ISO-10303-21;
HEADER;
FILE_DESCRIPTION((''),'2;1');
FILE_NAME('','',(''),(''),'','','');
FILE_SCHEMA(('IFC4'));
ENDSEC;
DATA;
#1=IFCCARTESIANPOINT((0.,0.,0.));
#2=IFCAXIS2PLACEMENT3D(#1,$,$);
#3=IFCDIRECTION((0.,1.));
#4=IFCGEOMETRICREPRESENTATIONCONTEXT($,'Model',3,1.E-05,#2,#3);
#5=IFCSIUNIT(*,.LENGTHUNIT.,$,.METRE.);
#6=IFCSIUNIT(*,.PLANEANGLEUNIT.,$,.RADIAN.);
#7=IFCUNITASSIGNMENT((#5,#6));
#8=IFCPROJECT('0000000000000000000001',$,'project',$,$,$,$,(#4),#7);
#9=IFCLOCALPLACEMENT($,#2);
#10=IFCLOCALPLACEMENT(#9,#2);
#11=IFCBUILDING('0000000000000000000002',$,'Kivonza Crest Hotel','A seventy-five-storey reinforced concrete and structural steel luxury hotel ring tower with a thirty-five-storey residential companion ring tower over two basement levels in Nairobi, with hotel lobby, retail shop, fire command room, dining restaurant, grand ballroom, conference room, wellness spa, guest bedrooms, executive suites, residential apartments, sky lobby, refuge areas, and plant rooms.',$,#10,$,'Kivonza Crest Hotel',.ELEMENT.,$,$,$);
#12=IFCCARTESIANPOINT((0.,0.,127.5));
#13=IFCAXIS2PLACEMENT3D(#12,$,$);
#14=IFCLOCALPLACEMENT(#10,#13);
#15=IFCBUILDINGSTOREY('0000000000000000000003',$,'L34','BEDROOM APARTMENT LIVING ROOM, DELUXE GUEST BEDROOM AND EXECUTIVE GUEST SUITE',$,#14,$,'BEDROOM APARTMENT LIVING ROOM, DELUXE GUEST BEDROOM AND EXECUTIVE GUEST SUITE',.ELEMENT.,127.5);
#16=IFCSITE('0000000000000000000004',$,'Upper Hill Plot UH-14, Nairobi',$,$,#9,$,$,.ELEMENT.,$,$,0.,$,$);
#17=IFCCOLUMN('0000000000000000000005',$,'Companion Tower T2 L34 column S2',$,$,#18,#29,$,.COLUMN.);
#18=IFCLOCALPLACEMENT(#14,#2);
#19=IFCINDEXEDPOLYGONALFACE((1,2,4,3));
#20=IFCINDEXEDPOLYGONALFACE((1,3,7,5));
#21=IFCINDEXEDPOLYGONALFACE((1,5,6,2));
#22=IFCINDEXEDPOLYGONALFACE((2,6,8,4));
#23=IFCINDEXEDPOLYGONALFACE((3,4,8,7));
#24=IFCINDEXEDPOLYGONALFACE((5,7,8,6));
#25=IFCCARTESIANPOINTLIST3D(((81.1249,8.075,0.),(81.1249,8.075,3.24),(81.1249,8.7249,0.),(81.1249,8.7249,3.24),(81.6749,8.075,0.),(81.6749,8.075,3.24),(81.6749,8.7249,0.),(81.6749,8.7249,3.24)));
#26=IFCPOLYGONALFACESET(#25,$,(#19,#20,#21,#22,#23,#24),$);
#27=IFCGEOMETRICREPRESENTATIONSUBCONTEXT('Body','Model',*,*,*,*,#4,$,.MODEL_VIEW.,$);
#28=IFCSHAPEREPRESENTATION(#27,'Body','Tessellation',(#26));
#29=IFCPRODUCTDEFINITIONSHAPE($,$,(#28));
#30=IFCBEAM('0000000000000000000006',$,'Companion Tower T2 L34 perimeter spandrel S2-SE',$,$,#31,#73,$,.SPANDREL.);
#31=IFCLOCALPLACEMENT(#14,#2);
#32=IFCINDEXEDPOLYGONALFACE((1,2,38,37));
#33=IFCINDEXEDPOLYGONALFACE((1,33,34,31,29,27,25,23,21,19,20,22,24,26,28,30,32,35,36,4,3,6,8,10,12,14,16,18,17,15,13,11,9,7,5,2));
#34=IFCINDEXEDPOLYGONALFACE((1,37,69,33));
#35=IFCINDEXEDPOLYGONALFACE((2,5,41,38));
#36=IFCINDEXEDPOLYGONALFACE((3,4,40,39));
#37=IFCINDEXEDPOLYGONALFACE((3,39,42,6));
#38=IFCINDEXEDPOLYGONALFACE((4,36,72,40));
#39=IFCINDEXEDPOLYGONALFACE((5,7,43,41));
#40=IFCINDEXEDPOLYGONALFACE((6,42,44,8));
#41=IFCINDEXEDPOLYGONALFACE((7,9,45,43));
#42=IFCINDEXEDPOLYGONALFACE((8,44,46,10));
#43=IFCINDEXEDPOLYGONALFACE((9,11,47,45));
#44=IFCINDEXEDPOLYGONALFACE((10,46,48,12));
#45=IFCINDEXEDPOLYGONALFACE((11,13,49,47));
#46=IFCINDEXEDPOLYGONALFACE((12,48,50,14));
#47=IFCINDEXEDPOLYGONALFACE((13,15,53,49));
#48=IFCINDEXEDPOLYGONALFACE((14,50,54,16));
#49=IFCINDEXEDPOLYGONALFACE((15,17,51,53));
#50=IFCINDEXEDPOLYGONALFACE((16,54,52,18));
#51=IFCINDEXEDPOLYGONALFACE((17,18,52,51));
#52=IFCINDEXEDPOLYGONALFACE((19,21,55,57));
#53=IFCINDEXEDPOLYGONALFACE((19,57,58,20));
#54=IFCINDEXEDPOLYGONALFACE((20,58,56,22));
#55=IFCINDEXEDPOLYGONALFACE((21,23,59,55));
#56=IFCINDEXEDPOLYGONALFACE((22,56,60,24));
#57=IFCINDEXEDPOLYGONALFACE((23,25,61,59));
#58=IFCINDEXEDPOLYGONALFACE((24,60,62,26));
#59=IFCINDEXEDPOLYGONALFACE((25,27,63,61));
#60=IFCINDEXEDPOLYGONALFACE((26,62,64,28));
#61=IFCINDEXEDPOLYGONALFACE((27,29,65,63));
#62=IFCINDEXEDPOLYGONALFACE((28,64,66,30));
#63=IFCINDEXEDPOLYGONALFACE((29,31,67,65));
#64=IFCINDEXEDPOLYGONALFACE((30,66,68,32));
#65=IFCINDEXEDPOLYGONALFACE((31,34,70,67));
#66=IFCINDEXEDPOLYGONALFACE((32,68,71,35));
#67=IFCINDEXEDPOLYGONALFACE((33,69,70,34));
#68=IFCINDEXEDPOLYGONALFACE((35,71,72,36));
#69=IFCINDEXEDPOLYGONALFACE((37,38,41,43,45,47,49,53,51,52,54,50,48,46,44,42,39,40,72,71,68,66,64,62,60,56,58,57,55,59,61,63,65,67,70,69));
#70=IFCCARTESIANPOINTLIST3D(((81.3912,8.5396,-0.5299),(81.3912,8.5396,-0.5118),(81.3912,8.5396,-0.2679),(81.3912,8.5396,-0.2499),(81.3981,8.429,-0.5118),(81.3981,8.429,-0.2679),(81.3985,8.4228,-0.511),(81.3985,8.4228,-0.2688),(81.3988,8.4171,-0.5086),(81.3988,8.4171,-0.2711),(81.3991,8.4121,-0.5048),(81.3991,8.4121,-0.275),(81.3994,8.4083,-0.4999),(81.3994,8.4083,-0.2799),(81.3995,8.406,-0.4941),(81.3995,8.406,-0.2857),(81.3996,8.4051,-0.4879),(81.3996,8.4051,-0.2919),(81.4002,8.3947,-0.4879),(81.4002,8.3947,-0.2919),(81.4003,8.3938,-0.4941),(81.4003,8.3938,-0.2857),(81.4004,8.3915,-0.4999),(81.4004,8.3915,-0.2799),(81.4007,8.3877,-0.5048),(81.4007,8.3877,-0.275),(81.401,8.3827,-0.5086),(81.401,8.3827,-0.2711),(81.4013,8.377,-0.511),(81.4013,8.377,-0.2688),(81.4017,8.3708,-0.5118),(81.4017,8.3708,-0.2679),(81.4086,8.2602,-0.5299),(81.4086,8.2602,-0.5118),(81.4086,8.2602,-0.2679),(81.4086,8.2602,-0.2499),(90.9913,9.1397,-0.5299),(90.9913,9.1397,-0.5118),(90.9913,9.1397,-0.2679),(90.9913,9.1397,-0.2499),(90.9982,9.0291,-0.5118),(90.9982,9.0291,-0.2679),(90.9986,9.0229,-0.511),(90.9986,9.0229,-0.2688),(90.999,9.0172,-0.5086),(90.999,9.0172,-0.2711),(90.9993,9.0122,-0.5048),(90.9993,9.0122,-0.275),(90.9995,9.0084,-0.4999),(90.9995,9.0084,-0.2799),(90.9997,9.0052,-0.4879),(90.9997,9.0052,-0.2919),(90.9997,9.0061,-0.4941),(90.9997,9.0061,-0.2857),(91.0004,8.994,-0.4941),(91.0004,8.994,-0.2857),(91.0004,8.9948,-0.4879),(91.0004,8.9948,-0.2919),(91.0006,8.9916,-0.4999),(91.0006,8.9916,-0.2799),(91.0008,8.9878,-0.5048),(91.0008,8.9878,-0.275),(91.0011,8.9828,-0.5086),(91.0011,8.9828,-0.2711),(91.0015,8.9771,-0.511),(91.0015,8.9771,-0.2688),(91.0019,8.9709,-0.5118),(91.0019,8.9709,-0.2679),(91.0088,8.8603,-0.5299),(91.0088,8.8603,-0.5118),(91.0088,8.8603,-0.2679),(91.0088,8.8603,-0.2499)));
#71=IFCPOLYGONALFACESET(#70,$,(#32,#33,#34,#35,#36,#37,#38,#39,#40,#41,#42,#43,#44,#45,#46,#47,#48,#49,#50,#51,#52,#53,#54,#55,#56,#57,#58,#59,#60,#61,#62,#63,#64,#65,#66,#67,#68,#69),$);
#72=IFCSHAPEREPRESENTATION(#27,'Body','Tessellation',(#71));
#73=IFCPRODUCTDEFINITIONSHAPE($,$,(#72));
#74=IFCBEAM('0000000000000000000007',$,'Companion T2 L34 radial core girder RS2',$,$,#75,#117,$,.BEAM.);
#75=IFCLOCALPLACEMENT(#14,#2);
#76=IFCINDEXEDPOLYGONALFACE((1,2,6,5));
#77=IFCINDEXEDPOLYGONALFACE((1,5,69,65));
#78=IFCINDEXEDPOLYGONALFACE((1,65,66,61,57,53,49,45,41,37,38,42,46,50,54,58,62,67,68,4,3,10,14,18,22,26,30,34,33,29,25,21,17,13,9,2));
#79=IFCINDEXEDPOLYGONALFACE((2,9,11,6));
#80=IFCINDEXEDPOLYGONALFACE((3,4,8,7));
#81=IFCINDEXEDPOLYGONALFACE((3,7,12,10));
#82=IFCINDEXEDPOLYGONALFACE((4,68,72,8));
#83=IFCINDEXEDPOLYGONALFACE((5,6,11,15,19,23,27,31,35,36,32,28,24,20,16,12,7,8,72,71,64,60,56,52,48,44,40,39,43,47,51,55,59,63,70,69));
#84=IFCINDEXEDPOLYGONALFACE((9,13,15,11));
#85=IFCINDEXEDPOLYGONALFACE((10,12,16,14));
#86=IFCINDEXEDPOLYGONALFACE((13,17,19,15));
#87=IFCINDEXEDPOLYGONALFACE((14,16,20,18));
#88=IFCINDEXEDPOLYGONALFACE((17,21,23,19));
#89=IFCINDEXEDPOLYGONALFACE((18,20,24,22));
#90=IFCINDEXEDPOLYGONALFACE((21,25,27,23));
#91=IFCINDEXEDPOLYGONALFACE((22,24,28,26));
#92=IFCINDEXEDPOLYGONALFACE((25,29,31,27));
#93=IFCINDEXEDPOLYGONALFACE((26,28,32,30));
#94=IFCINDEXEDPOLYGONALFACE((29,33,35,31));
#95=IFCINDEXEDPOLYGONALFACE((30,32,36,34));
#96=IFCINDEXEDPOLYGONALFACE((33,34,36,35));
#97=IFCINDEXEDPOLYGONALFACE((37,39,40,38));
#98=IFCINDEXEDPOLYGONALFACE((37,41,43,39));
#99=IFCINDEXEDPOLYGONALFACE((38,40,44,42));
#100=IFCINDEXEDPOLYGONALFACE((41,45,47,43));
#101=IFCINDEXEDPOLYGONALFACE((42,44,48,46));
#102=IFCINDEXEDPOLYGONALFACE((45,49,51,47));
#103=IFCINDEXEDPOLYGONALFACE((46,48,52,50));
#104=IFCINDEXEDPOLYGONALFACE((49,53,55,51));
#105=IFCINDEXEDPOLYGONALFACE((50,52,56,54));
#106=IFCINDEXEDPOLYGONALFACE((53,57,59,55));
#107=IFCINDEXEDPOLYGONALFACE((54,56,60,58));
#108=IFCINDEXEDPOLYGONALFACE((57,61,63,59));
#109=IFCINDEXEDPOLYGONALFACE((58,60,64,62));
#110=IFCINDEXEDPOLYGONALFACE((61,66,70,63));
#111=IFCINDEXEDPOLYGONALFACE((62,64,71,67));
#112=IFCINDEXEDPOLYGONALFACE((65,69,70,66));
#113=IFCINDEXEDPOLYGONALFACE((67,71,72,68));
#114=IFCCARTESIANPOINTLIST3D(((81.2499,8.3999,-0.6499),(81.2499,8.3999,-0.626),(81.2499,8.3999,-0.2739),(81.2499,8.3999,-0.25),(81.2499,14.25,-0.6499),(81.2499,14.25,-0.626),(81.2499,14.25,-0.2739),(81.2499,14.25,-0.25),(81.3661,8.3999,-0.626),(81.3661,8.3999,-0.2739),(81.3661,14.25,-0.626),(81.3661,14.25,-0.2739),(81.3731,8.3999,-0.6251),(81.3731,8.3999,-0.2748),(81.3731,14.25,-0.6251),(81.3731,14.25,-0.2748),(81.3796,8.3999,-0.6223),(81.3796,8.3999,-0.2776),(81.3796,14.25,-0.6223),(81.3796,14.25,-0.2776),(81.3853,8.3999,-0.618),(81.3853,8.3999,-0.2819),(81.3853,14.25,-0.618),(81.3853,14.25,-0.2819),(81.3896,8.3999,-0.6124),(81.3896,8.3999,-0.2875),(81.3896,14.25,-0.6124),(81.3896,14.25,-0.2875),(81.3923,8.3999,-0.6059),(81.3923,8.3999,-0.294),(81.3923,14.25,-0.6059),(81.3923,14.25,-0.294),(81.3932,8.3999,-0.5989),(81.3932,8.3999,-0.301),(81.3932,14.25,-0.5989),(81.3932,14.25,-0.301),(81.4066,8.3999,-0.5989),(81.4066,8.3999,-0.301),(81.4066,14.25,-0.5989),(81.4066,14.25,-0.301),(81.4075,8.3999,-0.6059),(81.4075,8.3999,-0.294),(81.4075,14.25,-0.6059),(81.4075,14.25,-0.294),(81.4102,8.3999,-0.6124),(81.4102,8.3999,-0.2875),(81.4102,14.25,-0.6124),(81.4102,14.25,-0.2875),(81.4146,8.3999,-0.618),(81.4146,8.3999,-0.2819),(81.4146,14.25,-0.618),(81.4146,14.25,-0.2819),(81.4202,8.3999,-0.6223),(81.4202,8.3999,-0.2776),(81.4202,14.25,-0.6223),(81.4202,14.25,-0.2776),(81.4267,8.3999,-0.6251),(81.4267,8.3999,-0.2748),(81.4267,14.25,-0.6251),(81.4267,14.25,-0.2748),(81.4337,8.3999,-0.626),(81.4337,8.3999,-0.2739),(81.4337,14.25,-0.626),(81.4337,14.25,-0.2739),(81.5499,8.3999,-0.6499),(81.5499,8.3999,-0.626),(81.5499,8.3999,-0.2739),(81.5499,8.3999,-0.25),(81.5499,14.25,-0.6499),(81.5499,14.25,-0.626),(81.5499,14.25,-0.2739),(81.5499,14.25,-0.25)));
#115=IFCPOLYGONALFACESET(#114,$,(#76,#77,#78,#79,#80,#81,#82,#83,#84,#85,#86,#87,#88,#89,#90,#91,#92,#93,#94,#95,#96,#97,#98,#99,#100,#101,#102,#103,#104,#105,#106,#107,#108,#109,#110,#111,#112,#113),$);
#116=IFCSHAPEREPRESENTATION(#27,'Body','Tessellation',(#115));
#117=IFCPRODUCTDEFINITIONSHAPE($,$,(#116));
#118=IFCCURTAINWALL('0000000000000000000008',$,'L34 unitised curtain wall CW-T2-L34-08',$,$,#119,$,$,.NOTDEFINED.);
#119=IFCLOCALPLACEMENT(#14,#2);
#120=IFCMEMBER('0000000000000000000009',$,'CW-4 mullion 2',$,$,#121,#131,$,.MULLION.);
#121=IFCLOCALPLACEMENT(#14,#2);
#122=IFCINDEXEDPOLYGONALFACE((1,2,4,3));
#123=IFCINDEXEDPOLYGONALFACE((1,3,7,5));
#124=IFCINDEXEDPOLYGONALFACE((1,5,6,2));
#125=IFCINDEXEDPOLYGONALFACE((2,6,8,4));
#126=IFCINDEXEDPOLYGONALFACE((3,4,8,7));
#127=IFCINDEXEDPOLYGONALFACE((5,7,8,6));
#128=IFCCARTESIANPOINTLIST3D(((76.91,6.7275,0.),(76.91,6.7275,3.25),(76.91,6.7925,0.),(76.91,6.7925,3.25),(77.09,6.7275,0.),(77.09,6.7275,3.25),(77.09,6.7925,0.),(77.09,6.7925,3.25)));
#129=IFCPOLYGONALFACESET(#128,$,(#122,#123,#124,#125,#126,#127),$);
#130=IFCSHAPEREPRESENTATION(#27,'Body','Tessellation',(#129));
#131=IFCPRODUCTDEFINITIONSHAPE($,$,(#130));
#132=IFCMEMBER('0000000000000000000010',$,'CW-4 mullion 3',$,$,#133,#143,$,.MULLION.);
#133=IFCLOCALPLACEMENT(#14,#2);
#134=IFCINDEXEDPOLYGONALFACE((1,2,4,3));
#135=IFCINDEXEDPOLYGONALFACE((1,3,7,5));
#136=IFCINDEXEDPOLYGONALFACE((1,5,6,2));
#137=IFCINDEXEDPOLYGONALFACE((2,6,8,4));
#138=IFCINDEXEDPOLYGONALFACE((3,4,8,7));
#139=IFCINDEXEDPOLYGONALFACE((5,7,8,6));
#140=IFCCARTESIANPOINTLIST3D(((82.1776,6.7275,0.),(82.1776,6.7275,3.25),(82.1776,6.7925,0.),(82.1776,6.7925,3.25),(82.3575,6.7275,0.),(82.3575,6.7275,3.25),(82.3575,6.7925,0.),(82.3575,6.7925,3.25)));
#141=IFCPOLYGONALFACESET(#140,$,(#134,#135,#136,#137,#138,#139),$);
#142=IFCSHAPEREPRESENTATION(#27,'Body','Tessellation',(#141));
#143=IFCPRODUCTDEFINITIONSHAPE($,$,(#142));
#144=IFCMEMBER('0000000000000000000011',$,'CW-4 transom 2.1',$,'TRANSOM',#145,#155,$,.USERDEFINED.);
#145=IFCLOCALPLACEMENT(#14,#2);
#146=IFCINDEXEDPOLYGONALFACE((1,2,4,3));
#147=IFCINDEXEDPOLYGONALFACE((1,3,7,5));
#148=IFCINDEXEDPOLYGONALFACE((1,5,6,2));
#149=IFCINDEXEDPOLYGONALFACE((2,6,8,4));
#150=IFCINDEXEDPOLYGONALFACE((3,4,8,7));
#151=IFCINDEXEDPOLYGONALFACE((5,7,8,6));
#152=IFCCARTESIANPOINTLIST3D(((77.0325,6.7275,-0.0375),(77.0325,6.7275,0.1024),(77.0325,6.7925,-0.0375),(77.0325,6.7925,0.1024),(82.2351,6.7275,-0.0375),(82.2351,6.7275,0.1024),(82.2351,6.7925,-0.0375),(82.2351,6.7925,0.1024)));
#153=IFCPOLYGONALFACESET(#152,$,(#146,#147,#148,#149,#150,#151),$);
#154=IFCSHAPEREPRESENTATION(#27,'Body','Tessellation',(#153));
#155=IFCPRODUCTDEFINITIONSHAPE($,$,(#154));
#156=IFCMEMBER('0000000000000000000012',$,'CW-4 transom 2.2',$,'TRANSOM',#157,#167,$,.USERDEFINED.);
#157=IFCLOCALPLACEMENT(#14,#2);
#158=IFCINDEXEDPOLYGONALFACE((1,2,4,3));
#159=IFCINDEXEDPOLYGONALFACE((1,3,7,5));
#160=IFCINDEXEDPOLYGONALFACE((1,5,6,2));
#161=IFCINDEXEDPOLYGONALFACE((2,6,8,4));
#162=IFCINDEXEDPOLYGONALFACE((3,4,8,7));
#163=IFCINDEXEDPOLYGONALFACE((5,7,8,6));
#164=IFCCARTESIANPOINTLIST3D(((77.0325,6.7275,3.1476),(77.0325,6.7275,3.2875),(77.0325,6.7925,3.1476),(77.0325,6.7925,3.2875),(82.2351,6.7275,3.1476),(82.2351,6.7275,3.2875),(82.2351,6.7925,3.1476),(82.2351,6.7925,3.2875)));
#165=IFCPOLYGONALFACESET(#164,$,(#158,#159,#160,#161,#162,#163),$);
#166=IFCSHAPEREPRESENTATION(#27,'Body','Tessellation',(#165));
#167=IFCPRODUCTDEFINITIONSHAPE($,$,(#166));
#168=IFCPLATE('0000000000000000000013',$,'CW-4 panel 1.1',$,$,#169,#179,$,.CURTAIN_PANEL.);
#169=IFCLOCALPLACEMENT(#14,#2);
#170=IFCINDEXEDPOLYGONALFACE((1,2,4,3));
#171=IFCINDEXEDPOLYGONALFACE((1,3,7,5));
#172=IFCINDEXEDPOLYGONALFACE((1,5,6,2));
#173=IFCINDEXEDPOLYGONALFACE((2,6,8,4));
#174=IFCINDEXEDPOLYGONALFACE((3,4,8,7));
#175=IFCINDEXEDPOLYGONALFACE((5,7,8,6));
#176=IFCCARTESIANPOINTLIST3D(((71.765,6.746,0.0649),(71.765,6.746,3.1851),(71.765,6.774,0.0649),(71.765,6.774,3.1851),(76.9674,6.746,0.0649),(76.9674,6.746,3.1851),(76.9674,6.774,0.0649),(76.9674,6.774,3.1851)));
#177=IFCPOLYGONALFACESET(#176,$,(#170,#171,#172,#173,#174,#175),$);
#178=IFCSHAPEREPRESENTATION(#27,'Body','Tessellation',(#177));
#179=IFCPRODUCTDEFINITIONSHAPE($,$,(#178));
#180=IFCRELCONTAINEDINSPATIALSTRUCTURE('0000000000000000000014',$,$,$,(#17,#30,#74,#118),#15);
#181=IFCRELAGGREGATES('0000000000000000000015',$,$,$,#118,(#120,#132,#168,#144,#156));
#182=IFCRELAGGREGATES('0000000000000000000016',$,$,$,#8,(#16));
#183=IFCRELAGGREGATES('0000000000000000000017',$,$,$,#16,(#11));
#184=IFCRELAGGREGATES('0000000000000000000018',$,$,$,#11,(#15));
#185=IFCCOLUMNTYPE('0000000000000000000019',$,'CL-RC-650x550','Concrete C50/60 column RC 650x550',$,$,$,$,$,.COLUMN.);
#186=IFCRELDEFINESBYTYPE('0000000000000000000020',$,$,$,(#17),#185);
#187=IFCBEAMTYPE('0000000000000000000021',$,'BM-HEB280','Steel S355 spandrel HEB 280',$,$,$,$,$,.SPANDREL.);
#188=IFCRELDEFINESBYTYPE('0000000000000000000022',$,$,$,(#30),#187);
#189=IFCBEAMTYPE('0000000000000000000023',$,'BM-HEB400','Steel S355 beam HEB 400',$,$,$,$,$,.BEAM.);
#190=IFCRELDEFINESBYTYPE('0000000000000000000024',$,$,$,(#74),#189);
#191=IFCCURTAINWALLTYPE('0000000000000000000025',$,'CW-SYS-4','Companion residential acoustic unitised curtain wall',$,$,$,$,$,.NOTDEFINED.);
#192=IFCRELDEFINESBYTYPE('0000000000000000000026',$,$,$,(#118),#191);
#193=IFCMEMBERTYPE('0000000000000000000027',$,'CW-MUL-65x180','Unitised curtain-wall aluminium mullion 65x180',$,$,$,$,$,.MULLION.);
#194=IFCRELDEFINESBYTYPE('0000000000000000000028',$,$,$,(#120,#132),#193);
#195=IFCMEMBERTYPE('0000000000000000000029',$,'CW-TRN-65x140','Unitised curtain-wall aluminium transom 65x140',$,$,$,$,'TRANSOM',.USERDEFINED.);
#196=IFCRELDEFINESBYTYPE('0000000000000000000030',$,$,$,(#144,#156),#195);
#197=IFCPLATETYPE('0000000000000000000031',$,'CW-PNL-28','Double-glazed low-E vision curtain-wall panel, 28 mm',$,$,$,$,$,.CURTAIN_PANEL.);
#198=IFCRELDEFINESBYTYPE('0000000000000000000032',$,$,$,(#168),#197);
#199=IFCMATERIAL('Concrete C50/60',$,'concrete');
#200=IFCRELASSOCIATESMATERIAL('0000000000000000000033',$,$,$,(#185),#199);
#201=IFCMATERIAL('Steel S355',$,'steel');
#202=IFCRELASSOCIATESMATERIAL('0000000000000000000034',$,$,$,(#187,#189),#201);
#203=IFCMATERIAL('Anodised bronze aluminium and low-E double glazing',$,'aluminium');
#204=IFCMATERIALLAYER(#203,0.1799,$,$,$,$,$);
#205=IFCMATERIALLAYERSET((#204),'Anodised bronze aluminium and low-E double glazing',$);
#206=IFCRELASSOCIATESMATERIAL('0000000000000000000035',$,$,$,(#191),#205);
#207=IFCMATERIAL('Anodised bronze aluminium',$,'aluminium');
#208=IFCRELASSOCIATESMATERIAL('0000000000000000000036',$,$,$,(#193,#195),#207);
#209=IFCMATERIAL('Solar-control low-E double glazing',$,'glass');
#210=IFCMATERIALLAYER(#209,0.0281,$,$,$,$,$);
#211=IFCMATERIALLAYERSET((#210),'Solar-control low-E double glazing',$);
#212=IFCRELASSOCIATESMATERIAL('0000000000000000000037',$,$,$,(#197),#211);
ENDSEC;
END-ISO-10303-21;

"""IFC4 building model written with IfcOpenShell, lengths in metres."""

from ifc_helpers import new_model, si_unit, direction, frame, origin, origin_2d, place, context, subcontext, project, spatial, rectangle, i_section, extrude, material, layer, layer_set, material_profile, profile_set, type_object, element, aggregate, save


model = new_model("IFC4")

# Units and contexts
model_context = context("Model", 3, precision=1e-05, world=origin(), true_north=direction((0.0, 1.0)))
body_context = subcontext(model_context, "Body", "Model", "MODEL_VIEW")
ifc_project = project(units=[si_unit("LENGTHUNIT", "METRE"), si_unit("PLANEANGLEUNIT", "RADIAN")], contexts=[model_context])

# Site, building, storey
site_placement = place(None, origin())
site = spatial("IfcSite", under=ifc_project, at=site_placement, Name="Upper Hill Plot UH-14, Nairobi", CompositionType="ELEMENT", RefElevation=0.0)
building_placement = place(site_placement, origin())
building = spatial("IfcBuilding", under=site, at=building_placement, Name="Kivonza Crest Hotel", Description="A seventy-five-storey reinforced concrete and structural steel luxury hotel ring tower with a thirty-five-storey residential companion ring tower over two basement levels in Nairobi, with hotel lobby, retail shop, fire command room, dining restaurant, grand ballroom, conference room, wellness spa, guest bedrooms, executive suites, residential apartments, sky lobby, refuge areas, and plant rooms.", LongName="Kivonza Crest Hotel", CompositionType="ELEMENT")
storey_placement = place(building_placement, frame((0.0, 0.0, 127.5)))
storey = spatial("IfcBuildingStorey", under=building, at=storey_placement, Name="L34", Description="BEDROOM APARTMENT LIVING ROOM, DELUXE GUEST BEDROOM AND EXECUTIVE GUEST SUITE", LongName="BEDROOM APARTMENT LIVING ROOM, DELUXE GUEST BEDROOM AND EXECUTIVE GUEST SUITE", CompositionType="ELEMENT", Elevation=127.5)

# Column
ifc_material_1 = material(Name="Concrete C50/60", Category="concrete")
ifc_material_profile_1 = material_profile(ifc_material_1, rectangle(XDim=0.55, YDim=0.6499, at=origin_2d()), Name="RC 650x550")
ifc_profile_set_1 = profile_set([ifc_material_profile_1], Name="Concrete C50/60")
column_type = type_object("IfcColumnType", Name="CL-RC-650x550", Description="Concrete C50/60 column RC 650x550", PredefinedType="COLUMN", material=ifc_profile_set_1)
column_placement = place(storey_placement, frame((81.3999, 8.3999, 0.0), z_axis=(0.0, 0.0, 1.0), x_axis=(1.0, 0.0, 0.0)))
element("IfcColumn", 1, at=column_placement, inside=storey, type_object=column_type, Name="Companion Tower T2 L34 column S2", PredefinedType="COLUMN", context=body_context, shape_type="SweptSolid", body=[
    extrude(rectangle(XDim=0.55, YDim=0.6499, at=origin_2d()), origin(), (0.0, 0.0, 1.0), 3.24),
])

# Beams
ifc_material_2 = material(Name="Steel S355", Category="steel")
ifc_material_profile_2 = material_profile(ifc_material_2, i_section(OverallWidth=0.28, OverallDepth=0.28, WebThickness=0.0105, FlangeThickness=0.0181, FilletRadius=0.0239, at=origin_2d()), Name="HEB 280")
ifc_profile_set_2 = profile_set([ifc_material_profile_2], Name="Steel S355")
beam_type_1 = type_object("IfcBeamType", Name="BM-HEB280", Description="Steel S355 spandrel HEB 280", PredefinedType="SPANDREL", material=ifc_profile_set_2)
beam_1_placement = place(storey_placement, frame((81.3999, 8.3999, -0.3899), z_axis=(0.998052, 0.062388, 0.0), x_axis=(-0.062388, 0.998052, 0.0)))
element("IfcBeam", 2, at=beam_1_placement, inside=storey, type_object=beam_type_1, Name="Companion Tower T2 L34 perimeter spandrel S2-SE", PredefinedType="SPANDREL", context=body_context, shape_type="SweptSolid", body=[
    extrude(i_section(OverallWidth=0.28, OverallDepth=0.28, WebThickness=0.0105, FlangeThickness=0.0181, FilletRadius=0.0239, at=origin_2d()), origin(), (0.0, 0.0, 1.0), 9.6189),
])
ifc_material_profile_3 = material_profile(ifc_material_2, i_section(OverallWidth=0.3, OverallDepth=0.3999, WebThickness=0.0134, FlangeThickness=0.0239, FilletRadius=0.0271, at=origin_2d()), Name="HEB 400")
ifc_profile_set_3 = profile_set([ifc_material_profile_3], Name="Steel S355")
beam_type_2 = type_object("IfcBeamType", Name="BM-HEB400", Description="Steel S355 beam HEB 400", PredefinedType="BEAM", material=ifc_profile_set_3)
beam_2_placement = place(storey_placement, frame((81.3999, 8.3999, -0.45), z_axis=(0.0, 1.0, 0.0), x_axis=(-1.0, 0.0, 0.0)))
element("IfcBeam", 3, at=beam_2_placement, inside=storey, type_object=beam_type_2, Name="Companion T2 L34 radial core girder RS2", PredefinedType="BEAM", context=body_context, shape_type="SweptSolid", body=[
    extrude(i_section(OverallWidth=0.3, OverallDepth=0.3999, WebThickness=0.0134, FlangeThickness=0.0239, FilletRadius=0.0271, at=origin_2d()), origin(), (0.0, 0.0, 1.0), 5.8501),
])

# Curtain wall, members, plate
ifc_material_3 = material(Name="Anodised bronze aluminium and low-E double glazing", Category="aluminium")
ifc_layer_1 = layer(ifc_material_3, 0.1799)
ifc_layer_set_1 = layer_set([ifc_layer_1], Name="Anodised bronze aluminium and low-E double glazing")
curtain_wall_type = type_object("IfcCurtainWallType", Name="CW-SYS-4", Description="Companion residential acoustic unitised curtain wall", PredefinedType="NOTDEFINED", material=ifc_layer_set_1)
curtain_wall_placement = place(storey_placement, origin())
curtain_wall = element("IfcCurtainWall", 4, at=curtain_wall_placement, inside=storey, type_object=curtain_wall_type, Name="L34 unitised curtain wall CW-T2-L34-08", PredefinedType="NOTDEFINED")
ifc_material_4 = material(Name="Anodised bronze aluminium", Category="aluminium")
ifc_material_profile_4 = material_profile(ifc_material_4, rectangle(XDim=0.0649, YDim=0.1799, at=origin_2d()), Name="CW-M 65x180")
ifc_profile_set_4 = profile_set([ifc_material_profile_4], Name="Anodised bronze aluminium")
member_type_1 = type_object("IfcMemberType", Name="CW-MUL-65x180", Description="Unitised curtain-wall aluminium mullion 65x180", PredefinedType="MULLION", material=ifc_profile_set_4)
member_1_placement = place(storey_placement, frame((77.0, 6.76, 0.0), z_axis=(0.0, 0.0, 1.0), x_axis=(0.0, 1.0, 0.0)))
member_1 = element("IfcMember", 5, at=member_1_placement, type_object=member_type_1, Name="CW-4 mullion 2", PredefinedType="MULLION", context=body_context, shape_type="SweptSolid", body=[
    extrude(rectangle(XDim=0.0649, YDim=0.1799, at=origin_2d()), origin(), (0.0, 0.0, 1.0), 3.25),
])
member_2_placement = place(storey_placement, frame((82.2676, 6.76, 0.0), z_axis=(0.0, 0.0, 1.0), x_axis=(0.0, 1.0, 0.0)))
member_2 = element("IfcMember", 6, at=member_2_placement, type_object=member_type_1, Name="CW-4 mullion 3", PredefinedType="MULLION", context=body_context, shape_type="SweptSolid", body=[
    extrude(rectangle(XDim=0.0649, YDim=0.1799, at=origin_2d()), origin(), (0.0, 0.0, 1.0), 3.25),
])
ifc_material_profile_5 = material_profile(ifc_material_4, rectangle(XDim=0.0649, YDim=0.1399, at=origin_2d()), Name="CW-T 65x140")
ifc_profile_set_5 = profile_set([ifc_material_profile_5], Name="Anodised bronze aluminium")
member_type_2 = type_object("IfcMemberType", Name="CW-TRN-65x140", Description="Unitised curtain-wall aluminium transom 65x140", ElementType="TRANSOM", PredefinedType="USERDEFINED", material=ifc_profile_set_5)
member_3_placement = place(storey_placement, frame((77.0325, 6.76, 0.0325), z_axis=(1.0, 0.0, 0.0), x_axis=(0.0, 1.0, 0.0)))
member_3 = element("IfcMember", 7, at=member_3_placement, type_object=member_type_2, Name="CW-4 transom 2.1", ObjectType="TRANSOM", PredefinedType="USERDEFINED", context=body_context, shape_type="SweptSolid", body=[
    extrude(rectangle(XDim=0.0649, YDim=0.1399, at=origin_2d()), origin(), (0.0, 0.0, 1.0), 5.2026),
])
member_4_placement = place(storey_placement, frame((77.0325, 6.76, 3.2175), z_axis=(1.0, 0.0, 0.0), x_axis=(0.0, 1.0, 0.0)))
member_4 = element("IfcMember", 8, at=member_4_placement, type_object=member_type_2, Name="CW-4 transom 2.2", ObjectType="TRANSOM", PredefinedType="USERDEFINED", context=body_context, shape_type="SweptSolid", body=[
    extrude(rectangle(XDim=0.0649, YDim=0.1399, at=origin_2d()), origin(), (0.0, 0.0, 1.0), 5.2026),
])
ifc_material_5 = material(Name="Solar-control low-E double glazing", Category="glass")
ifc_layer_2 = layer(ifc_material_5, 0.0281)
ifc_layer_set_2 = layer_set([ifc_layer_2], Name="Solar-control low-E double glazing")
plate_type = type_object("IfcPlateType", Name="CW-PNL-28", Description="Double-glazed low-E vision curtain-wall panel, 28 mm", PredefinedType="CURTAIN_PANEL", material=ifc_layer_set_2)
plate_1_placement = place(storey_placement, frame((74.3662, 6.76, 0.0649), z_axis=(0.0, 0.0, 1.0), x_axis=(1.0, 0.0, 0.0)))
plate_1 = element("IfcPlate", 9, at=plate_1_placement, type_object=plate_type, Name="CW-4 panel 1.1", PredefinedType="CURTAIN_PANEL", context=body_context, shape_type="SweptSolid", body=[
    extrude(rectangle(XDim=5.2024, YDim=0.0281, at=origin_2d()), origin(), (0.0, 0.0, 1.0), 3.1201),
])
aggregate(curtain_wall, [member_1, member_2, plate_1, member_3, member_4])

save(model, "model.ifc")
